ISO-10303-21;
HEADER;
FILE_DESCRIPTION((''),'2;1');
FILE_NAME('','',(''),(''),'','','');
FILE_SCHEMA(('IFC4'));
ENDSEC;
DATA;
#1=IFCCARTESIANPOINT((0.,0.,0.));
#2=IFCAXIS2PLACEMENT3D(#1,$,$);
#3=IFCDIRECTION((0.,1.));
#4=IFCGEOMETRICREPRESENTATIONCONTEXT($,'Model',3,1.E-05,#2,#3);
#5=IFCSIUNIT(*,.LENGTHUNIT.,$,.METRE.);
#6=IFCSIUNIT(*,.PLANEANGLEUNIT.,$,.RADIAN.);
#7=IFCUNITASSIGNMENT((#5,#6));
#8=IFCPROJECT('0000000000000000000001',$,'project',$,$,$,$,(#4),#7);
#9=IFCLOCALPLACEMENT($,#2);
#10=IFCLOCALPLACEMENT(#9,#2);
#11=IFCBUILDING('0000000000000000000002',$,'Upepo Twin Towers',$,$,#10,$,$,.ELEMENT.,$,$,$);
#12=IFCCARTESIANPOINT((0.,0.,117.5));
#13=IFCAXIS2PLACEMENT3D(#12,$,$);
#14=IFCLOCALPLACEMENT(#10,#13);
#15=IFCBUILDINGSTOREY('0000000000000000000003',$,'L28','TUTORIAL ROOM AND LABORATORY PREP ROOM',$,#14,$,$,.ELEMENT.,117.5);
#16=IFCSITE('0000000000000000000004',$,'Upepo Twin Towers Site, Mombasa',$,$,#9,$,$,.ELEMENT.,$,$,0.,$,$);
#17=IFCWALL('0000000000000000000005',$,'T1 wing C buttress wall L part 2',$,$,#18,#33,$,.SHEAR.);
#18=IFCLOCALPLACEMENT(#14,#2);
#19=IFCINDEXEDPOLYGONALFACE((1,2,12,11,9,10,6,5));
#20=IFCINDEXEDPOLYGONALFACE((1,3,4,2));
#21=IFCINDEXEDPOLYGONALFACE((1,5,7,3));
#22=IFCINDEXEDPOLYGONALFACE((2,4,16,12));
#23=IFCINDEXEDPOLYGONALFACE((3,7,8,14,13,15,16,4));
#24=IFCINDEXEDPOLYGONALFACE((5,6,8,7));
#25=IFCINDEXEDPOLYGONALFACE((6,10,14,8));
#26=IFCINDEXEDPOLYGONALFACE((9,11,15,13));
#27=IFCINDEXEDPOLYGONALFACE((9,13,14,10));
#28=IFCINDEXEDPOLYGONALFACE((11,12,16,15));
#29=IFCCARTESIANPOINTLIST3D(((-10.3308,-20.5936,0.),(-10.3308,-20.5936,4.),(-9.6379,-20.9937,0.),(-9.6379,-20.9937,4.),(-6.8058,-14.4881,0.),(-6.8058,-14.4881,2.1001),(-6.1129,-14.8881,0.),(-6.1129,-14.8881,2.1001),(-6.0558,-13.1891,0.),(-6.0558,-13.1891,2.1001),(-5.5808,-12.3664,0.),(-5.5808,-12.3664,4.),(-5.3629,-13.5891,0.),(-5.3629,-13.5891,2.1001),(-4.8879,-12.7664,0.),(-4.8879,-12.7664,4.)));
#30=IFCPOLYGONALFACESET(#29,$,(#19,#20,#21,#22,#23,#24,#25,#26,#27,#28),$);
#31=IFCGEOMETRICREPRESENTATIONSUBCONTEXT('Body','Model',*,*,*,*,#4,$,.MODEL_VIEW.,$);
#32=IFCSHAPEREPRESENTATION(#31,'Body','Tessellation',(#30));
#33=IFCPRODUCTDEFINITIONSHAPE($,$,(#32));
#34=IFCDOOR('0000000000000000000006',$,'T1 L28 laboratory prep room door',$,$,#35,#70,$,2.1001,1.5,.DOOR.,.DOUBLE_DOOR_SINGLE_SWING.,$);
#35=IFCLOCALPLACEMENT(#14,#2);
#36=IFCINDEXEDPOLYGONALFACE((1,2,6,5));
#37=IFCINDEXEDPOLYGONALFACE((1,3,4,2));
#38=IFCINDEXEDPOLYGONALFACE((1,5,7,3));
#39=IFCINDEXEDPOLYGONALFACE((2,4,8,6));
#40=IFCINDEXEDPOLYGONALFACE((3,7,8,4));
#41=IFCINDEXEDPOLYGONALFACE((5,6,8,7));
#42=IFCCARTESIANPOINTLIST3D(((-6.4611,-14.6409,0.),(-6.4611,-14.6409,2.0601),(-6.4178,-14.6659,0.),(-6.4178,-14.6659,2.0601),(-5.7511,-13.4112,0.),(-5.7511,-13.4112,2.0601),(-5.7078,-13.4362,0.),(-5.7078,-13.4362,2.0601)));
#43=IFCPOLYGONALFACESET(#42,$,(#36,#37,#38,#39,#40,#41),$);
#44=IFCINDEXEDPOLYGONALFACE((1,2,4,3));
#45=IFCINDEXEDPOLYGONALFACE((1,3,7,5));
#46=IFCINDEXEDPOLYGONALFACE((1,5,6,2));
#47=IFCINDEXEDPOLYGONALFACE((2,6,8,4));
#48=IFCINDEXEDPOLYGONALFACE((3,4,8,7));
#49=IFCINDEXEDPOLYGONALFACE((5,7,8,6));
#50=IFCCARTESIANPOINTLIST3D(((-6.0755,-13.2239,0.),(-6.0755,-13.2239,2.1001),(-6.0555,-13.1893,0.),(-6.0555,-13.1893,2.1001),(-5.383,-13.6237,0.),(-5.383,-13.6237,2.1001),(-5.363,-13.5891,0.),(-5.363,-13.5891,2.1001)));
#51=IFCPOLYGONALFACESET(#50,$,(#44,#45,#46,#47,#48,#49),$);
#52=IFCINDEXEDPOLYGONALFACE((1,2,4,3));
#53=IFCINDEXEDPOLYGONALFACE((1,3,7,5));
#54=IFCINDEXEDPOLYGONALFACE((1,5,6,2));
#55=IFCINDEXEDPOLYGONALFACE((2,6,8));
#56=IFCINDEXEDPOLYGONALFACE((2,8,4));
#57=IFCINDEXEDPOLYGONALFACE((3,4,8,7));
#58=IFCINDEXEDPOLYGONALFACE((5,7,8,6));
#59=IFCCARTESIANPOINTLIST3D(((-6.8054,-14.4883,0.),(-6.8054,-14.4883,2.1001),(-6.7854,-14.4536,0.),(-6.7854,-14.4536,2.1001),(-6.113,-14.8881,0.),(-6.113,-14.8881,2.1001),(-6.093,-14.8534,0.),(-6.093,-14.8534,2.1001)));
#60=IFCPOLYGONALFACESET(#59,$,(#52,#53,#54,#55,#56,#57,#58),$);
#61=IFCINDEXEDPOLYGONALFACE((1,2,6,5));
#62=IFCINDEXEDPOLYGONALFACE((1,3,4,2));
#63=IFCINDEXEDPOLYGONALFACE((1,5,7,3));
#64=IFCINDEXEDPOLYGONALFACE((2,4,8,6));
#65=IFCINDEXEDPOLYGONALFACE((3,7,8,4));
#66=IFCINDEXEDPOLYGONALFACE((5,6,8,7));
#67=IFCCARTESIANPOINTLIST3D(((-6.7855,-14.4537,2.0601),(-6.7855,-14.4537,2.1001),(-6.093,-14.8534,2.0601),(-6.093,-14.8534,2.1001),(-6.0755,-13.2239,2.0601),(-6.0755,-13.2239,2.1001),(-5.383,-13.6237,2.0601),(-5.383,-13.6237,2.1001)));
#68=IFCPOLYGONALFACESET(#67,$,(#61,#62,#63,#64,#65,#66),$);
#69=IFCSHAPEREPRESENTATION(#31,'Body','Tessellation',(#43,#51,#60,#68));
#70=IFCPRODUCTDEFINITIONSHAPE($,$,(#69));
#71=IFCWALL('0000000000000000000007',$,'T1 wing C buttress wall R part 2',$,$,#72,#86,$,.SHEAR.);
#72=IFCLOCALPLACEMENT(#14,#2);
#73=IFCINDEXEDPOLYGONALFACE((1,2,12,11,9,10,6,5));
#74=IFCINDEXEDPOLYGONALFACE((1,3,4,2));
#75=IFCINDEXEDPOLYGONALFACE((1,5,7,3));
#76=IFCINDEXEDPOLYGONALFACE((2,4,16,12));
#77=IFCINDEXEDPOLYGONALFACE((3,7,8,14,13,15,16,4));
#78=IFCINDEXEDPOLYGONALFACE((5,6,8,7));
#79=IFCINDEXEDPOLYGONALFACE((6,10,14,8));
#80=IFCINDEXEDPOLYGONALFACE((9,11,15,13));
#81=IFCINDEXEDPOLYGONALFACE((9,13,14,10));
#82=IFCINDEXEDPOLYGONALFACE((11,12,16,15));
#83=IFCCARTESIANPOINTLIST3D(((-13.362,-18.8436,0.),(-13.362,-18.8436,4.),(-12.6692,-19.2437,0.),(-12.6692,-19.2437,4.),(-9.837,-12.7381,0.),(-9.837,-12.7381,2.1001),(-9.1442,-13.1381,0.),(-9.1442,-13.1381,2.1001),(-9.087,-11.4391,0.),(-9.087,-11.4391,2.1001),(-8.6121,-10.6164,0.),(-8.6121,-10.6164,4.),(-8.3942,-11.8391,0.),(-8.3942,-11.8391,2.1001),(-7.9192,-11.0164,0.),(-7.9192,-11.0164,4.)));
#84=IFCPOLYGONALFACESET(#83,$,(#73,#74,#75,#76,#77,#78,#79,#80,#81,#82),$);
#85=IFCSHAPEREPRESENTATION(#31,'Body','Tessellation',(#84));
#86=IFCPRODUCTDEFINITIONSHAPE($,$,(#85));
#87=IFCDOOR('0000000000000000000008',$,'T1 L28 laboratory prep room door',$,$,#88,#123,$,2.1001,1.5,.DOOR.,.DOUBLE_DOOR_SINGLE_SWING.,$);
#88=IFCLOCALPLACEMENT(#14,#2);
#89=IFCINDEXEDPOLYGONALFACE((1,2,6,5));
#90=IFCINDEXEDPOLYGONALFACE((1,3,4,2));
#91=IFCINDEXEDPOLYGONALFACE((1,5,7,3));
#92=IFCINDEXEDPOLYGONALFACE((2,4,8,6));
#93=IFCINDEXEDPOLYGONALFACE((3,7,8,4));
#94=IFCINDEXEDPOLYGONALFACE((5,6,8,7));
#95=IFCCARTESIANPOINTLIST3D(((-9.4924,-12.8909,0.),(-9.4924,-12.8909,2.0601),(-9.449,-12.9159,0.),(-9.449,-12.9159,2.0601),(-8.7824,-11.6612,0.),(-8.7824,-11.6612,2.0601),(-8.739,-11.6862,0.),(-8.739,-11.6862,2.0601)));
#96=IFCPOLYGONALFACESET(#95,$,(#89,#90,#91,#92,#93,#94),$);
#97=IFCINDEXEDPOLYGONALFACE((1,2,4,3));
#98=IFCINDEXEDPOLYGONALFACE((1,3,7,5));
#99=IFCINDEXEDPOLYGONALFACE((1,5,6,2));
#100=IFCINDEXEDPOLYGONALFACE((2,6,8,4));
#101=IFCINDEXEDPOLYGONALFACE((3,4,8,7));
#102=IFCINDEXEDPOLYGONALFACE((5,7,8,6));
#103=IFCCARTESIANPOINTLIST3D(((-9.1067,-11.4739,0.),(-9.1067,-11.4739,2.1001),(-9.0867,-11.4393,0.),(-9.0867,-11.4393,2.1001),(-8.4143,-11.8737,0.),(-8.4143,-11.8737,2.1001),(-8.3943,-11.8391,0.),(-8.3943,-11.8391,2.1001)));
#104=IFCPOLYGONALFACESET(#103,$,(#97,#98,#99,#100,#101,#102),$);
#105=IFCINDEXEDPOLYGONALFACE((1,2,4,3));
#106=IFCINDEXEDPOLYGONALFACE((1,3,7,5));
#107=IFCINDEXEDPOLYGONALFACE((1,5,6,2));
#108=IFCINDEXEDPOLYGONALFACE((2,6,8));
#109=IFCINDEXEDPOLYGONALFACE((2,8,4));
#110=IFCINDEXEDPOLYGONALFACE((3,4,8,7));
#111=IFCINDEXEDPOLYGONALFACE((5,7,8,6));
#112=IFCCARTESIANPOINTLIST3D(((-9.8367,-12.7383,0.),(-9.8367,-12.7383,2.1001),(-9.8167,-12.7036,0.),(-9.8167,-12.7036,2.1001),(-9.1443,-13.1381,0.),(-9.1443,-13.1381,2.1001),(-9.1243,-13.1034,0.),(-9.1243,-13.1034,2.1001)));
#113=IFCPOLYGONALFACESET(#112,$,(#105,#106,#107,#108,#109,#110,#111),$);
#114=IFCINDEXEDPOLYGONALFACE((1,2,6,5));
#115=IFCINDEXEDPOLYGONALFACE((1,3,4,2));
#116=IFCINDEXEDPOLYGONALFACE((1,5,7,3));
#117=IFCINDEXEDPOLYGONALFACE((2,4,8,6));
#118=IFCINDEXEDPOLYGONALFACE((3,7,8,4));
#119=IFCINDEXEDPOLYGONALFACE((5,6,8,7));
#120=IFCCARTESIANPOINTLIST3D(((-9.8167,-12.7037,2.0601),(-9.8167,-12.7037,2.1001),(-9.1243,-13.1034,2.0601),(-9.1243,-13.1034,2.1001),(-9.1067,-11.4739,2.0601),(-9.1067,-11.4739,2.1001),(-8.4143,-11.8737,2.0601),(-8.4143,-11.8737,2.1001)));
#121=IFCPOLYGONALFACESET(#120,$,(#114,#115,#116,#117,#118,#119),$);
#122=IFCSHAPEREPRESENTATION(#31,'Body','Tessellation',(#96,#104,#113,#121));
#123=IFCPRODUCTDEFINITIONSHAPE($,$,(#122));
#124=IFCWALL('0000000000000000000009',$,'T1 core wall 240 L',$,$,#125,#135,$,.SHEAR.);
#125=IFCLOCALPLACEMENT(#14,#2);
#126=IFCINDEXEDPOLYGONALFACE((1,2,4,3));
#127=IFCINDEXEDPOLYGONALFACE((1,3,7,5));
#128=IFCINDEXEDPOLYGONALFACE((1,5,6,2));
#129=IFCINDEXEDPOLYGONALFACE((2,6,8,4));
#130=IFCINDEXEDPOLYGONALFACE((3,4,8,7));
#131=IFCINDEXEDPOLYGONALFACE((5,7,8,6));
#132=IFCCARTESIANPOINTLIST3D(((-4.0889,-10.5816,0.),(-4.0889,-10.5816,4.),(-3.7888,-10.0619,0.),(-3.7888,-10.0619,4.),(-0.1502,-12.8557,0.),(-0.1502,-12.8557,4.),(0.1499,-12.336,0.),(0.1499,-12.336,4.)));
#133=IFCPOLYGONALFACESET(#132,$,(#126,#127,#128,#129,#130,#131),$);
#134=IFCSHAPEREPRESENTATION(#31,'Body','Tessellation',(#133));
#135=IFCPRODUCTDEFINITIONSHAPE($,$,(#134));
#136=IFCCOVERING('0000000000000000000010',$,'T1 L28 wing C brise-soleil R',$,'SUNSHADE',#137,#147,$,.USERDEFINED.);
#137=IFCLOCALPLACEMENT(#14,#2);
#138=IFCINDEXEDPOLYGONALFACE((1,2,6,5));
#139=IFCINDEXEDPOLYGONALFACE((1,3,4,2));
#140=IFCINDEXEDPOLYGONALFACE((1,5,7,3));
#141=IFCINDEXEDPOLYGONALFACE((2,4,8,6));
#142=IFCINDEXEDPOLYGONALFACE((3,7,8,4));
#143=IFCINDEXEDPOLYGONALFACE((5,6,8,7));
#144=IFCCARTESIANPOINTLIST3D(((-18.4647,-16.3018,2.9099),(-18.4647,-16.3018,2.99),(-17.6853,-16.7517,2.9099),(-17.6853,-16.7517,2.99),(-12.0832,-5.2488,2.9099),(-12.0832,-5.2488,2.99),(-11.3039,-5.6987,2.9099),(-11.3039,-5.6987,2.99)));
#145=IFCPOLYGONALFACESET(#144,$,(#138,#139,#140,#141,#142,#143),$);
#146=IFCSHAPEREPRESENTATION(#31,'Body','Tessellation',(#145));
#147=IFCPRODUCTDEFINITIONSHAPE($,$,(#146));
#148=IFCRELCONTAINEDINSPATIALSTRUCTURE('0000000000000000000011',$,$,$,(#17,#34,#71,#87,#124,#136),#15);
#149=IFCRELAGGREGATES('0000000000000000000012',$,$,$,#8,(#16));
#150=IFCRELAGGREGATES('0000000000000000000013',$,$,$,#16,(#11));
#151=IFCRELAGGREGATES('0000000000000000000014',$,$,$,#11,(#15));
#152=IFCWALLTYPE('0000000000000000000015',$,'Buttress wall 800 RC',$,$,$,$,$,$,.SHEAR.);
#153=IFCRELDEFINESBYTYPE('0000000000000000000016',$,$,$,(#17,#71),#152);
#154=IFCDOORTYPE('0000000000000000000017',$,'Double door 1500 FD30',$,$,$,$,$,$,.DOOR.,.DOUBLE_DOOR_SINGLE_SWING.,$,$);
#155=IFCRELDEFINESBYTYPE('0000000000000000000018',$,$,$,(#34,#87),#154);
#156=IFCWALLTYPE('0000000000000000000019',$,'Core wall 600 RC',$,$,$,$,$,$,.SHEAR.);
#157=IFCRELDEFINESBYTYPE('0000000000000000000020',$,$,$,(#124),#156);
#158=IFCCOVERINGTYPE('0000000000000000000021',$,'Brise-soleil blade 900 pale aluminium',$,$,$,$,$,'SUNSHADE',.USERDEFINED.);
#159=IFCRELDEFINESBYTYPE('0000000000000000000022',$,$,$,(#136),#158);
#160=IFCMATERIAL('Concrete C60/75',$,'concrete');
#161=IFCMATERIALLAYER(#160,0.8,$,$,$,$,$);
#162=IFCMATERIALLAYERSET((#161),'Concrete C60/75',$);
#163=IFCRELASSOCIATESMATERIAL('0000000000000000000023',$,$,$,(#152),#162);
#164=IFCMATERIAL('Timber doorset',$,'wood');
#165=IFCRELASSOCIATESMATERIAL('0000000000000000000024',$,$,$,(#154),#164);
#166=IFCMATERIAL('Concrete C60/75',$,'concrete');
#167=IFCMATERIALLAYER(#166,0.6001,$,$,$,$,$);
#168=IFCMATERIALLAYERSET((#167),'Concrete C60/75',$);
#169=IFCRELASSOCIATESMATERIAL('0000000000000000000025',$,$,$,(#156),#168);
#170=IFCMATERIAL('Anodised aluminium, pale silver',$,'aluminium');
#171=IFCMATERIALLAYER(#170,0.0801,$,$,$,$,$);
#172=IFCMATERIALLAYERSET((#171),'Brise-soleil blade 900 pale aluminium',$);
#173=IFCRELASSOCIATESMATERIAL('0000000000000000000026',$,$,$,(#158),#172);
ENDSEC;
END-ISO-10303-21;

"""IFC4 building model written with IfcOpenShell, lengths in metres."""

from ifc_helpers import new_model, si_unit, direction, frame, frame_2d, origin, origin_2d, place, context, subcontext, project, spatial, rectangle, extrude, material, layer, layer_set, type_object, element, fill, save


model = new_model("IFC4")

# Units and contexts
model_context = context("Model", 3, precision=1e-05, world=origin(), true_north=direction((0.0, 1.0)))
body_context = subcontext(model_context, "Body", "Model", "MODEL_VIEW")
ifc_project = project(units=[si_unit("LENGTHUNIT", "METRE"), si_unit("PLANEANGLEUNIT", "RADIAN")], contexts=[model_context])

# Site, building, storey
site_placement = place(None, origin())
site = spatial("IfcSite", under=ifc_project, at=site_placement, Name="Upepo Twin Towers Site, Mombasa", CompositionType="ELEMENT", RefElevation=0.0)
building_placement = place(site_placement, origin())
building = spatial("IfcBuilding", under=site, at=building_placement, Name="Upepo Twin Towers", CompositionType="ELEMENT")
storey_placement = place(building_placement, frame((0.0, 0.0, 117.5)))
storey = spatial("IfcBuildingStorey", under=building, at=storey_placement, Name="L28", Description="TUTORIAL ROOM AND LABORATORY PREP ROOM", CompositionType="ELEMENT", Elevation=117.5)

# Walls, openings, doors
ifc_material_1 = material(Name="Concrete C60/75", Category="concrete")
ifc_layer_1 = layer(ifc_material_1, 0.8)
ifc_layer_set_1 = layer_set([ifc_layer_1], Name="Concrete C60/75")
wall_type_1 = type_object("IfcWallType", Name="Buttress wall 800 RC", PredefinedType="SHEAR", material=ifc_layer_set_1)
wall_1_placement = place(storey_placement, frame((-5.2344, -12.5664, 0.0), z_axis=(0.0, 0.0, 1.0), x_axis=(-0.499998, -0.866027, 0.0)))
wall_1 = element("IfcWall", 1, at=wall_1_placement, inside=storey, type_object=wall_type_1, Name="T1 wing C buttress wall L part 2", PredefinedType="SHEAR", context=body_context, shape_type="SweptSolid", body=[
    extrude(rectangle(XDim=9.5, YDim=0.8, at=frame_2d((4.75, 0.0))), origin(), (0.0, 0.0, 1.0), 4.0),
])
opening_1_placement = place(wall_1_placement, frame((0.95, 0.0, 0.0)))
opening_1 = element("IfcOpeningElement", 2, at=opening_1_placement, cuts=wall_1, PredefinedType="OPENING", context=body_context, shape_type="SweptSolid", body=[
    extrude(rectangle(XDim=1.5, YDim=2.1001, at=frame_2d((0.75, 1.05))), frame((0.0, 0.4099, 0.0), z_axis=(0.0, -1.0, 0.0), x_axis=(1.0, 0.0, 0.0)), (0.0, 0.0, 1.0), 0.8201),
])
ifc_material_2 = material(Name="Timber doorset", Category="wood")
door_type = type_object("IfcDoorType", Name="Double door 1500 FD30", OperationType="DOUBLE_DOOR_SINGLE_SWING", PredefinedType="DOOR", material=ifc_material_2)
door_1_placement = place(opening_1_placement, origin())
door_1 = element("IfcDoor", 3, at=door_1_placement, inside=storey, type_object=door_type, Name="T1 L28 laboratory prep room door", OperationType="DOUBLE_DOOR_SINGLE_SWING", OverallHeight=2.1001, OverallWidth=1.5, PredefinedType="DOOR", context=body_context, shape_type="SweptSolid", body=[
    extrude(rectangle(XDim=1.42, YDim=2.0601, at=frame_2d((0.75, 1.03))), frame((0.0, 0.0249, 0.0), z_axis=(0.0, -1.0, 0.0), x_axis=(1.0, 0.0, 0.0)), (0.0, 0.0, 1.0), 0.05),
    extrude(rectangle(XDim=0.04, YDim=2.1001, at=frame_2d((0.02, 1.05))), frame((0.0, 0.3999, 0.0), z_axis=(0.0, -1.0, 0.0), x_axis=(1.0, 0.0, 0.0)), (0.0, 0.0, 1.0), 0.7996),
    extrude(rectangle(XDim=0.04, YDim=2.1001, at=frame_2d((1.48, 1.05))), frame((0.0, 0.3999, 0.0), z_axis=(0.0, -1.0, 0.0), x_axis=(1.0, 0.0, 0.0)), (0.0, 0.0, 1.0), 0.7996),
    extrude(rectangle(XDim=1.42, YDim=0.04, at=frame_2d((0.75, 2.0801))), frame((0.0, 0.3999, 0.0), z_axis=(0.0, -1.0, 0.0), x_axis=(1.0, 0.0, 0.0)), (0.0, 0.0, 1.0), 0.7996),
])
fill(opening_1, door_1)
wall_2_placement = place(storey_placement, frame((-8.2656, -10.8164, 0.0), z_axis=(0.0, 0.0, 1.0), x_axis=(-0.499998, -0.866027, 0.0)))
wall_2 = element("IfcWall", 4, at=wall_2_placement, inside=storey, type_object=wall_type_1, Name="T1 wing C buttress wall R part 2", PredefinedType="SHEAR", context=body_context, shape_type="SweptSolid", body=[
    extrude(rectangle(XDim=9.5, YDim=0.8, at=frame_2d((4.75, 0.0))), origin(), (0.0, 0.0, 1.0), 4.0),
])
opening_2_placement = place(wall_2_placement, frame((0.95, 0.0, 0.0)))
opening_2 = element("IfcOpeningElement", 5, at=opening_2_placement, cuts=wall_2, PredefinedType="OPENING", context=body_context, shape_type="SweptSolid", body=[
    extrude(rectangle(XDim=1.5, YDim=2.1001, at=frame_2d((0.75, 1.05))), frame((0.0, 0.4099, 0.0), z_axis=(0.0, -1.0, 0.0), x_axis=(1.0, 0.0, 0.0)), (0.0, 0.0, 1.0), 0.8201),
])
door_2_placement = place(opening_2_placement, origin())
door_2 = element("IfcDoor", 6, at=door_2_placement, inside=storey, type_object=door_type, Name="T1 L28 laboratory prep room door", OperationType="DOUBLE_DOOR_SINGLE_SWING", OverallHeight=2.1001, OverallWidth=1.5, PredefinedType="DOOR", context=body_context, shape_type="SweptSolid", body=[
    extrude(rectangle(XDim=1.42, YDim=2.0601, at=frame_2d((0.75, 1.03))), frame((0.0, 0.0249, 0.0), z_axis=(0.0, -1.0, 0.0), x_axis=(1.0, 0.0, 0.0)), (0.0, 0.0, 1.0), 0.05),
    extrude(rectangle(XDim=0.04, YDim=2.1001, at=frame_2d((0.02, 1.05))), frame((0.0, 0.3999, 0.0), z_axis=(0.0, -1.0, 0.0), x_axis=(1.0, 0.0, 0.0)), (0.0, 0.0, 1.0), 0.7996),
    extrude(rectangle(XDim=0.04, YDim=2.1001, at=frame_2d((1.48, 1.05))), frame((0.0, 0.3999, 0.0), z_axis=(0.0, -1.0, 0.0), x_axis=(1.0, 0.0, 0.0)), (0.0, 0.0, 1.0), 0.7996),
    extrude(rectangle(XDim=1.42, YDim=0.04, at=frame_2d((0.75, 2.0801))), frame((0.0, 0.3999, 0.0), z_axis=(0.0, -1.0, 0.0), x_axis=(1.0, 0.0, 0.0)), (0.0, 0.0, 1.0), 0.7996),
])
fill(opening_2, door_2)

# Wall
ifc_material_3 = material(Name="Concrete C60/75", Category="concrete")
ifc_layer_2 = layer(ifc_material_3, 0.6001)
ifc_layer_set_2 = layer_set([ifc_layer_2], Name="Concrete C60/75")
wall_type_2 = type_object("IfcWallType", Name="Core wall 600 RC", PredefinedType="SHEAR", material=ifc_layer_set_2)
wall_3_placement = place(storey_placement, frame((-3.9387, -10.3218, 0.0), z_axis=(0.0, 0.0, 1.0), x_axis=(0.866011, -0.500024, 0.0)))
element("IfcWall", 7, at=wall_3_placement, inside=storey, type_object=wall_type_2, Name="T1 core wall 240 L", PredefinedType="SHEAR", context=body_context, shape_type="SweptSolid", body=[
    extrude(rectangle(XDim=4.5481, YDim=0.6001, at=frame_2d((2.2739, 0.0))), origin(), (0.0, 0.0, 1.0), 4.0),
])

# Covering
ifc_material_4 = material(Name="Anodised aluminium, pale silver", Category="aluminium")
ifc_layer_3 = layer(ifc_material_4, 0.0801)
ifc_layer_set_3 = layer_set([ifc_layer_3], Name="Brise-soleil blade 900 pale aluminium")
covering_type = type_object("IfcCoveringType", Name="Brise-soleil blade 900 pale aluminium", ElementType="SUNSHADE", PredefinedType="USERDEFINED", material=ifc_layer_set_3)
covering_placement = place(storey_placement, frame((-14.8843, -11.0002, 2.9099), z_axis=(0.0, 0.0, 1.0), x_axis=(-0.5, -0.866025, 0.0)))
element("IfcCovering", 8, at=covering_placement, inside=storey, type_object=covering_type, Name="T1 L28 wing C brise-soleil R", ObjectType="SUNSHADE", PredefinedType="USERDEFINED", context=body_context, shape_type="SweptSolid", body=[
    extrude(rectangle(XDim=12.7629, YDim=0.8999, at=origin_2d()), origin(), (0.0, 0.0, 1.0), 0.0801),
])

save(model, "model.ifc")
